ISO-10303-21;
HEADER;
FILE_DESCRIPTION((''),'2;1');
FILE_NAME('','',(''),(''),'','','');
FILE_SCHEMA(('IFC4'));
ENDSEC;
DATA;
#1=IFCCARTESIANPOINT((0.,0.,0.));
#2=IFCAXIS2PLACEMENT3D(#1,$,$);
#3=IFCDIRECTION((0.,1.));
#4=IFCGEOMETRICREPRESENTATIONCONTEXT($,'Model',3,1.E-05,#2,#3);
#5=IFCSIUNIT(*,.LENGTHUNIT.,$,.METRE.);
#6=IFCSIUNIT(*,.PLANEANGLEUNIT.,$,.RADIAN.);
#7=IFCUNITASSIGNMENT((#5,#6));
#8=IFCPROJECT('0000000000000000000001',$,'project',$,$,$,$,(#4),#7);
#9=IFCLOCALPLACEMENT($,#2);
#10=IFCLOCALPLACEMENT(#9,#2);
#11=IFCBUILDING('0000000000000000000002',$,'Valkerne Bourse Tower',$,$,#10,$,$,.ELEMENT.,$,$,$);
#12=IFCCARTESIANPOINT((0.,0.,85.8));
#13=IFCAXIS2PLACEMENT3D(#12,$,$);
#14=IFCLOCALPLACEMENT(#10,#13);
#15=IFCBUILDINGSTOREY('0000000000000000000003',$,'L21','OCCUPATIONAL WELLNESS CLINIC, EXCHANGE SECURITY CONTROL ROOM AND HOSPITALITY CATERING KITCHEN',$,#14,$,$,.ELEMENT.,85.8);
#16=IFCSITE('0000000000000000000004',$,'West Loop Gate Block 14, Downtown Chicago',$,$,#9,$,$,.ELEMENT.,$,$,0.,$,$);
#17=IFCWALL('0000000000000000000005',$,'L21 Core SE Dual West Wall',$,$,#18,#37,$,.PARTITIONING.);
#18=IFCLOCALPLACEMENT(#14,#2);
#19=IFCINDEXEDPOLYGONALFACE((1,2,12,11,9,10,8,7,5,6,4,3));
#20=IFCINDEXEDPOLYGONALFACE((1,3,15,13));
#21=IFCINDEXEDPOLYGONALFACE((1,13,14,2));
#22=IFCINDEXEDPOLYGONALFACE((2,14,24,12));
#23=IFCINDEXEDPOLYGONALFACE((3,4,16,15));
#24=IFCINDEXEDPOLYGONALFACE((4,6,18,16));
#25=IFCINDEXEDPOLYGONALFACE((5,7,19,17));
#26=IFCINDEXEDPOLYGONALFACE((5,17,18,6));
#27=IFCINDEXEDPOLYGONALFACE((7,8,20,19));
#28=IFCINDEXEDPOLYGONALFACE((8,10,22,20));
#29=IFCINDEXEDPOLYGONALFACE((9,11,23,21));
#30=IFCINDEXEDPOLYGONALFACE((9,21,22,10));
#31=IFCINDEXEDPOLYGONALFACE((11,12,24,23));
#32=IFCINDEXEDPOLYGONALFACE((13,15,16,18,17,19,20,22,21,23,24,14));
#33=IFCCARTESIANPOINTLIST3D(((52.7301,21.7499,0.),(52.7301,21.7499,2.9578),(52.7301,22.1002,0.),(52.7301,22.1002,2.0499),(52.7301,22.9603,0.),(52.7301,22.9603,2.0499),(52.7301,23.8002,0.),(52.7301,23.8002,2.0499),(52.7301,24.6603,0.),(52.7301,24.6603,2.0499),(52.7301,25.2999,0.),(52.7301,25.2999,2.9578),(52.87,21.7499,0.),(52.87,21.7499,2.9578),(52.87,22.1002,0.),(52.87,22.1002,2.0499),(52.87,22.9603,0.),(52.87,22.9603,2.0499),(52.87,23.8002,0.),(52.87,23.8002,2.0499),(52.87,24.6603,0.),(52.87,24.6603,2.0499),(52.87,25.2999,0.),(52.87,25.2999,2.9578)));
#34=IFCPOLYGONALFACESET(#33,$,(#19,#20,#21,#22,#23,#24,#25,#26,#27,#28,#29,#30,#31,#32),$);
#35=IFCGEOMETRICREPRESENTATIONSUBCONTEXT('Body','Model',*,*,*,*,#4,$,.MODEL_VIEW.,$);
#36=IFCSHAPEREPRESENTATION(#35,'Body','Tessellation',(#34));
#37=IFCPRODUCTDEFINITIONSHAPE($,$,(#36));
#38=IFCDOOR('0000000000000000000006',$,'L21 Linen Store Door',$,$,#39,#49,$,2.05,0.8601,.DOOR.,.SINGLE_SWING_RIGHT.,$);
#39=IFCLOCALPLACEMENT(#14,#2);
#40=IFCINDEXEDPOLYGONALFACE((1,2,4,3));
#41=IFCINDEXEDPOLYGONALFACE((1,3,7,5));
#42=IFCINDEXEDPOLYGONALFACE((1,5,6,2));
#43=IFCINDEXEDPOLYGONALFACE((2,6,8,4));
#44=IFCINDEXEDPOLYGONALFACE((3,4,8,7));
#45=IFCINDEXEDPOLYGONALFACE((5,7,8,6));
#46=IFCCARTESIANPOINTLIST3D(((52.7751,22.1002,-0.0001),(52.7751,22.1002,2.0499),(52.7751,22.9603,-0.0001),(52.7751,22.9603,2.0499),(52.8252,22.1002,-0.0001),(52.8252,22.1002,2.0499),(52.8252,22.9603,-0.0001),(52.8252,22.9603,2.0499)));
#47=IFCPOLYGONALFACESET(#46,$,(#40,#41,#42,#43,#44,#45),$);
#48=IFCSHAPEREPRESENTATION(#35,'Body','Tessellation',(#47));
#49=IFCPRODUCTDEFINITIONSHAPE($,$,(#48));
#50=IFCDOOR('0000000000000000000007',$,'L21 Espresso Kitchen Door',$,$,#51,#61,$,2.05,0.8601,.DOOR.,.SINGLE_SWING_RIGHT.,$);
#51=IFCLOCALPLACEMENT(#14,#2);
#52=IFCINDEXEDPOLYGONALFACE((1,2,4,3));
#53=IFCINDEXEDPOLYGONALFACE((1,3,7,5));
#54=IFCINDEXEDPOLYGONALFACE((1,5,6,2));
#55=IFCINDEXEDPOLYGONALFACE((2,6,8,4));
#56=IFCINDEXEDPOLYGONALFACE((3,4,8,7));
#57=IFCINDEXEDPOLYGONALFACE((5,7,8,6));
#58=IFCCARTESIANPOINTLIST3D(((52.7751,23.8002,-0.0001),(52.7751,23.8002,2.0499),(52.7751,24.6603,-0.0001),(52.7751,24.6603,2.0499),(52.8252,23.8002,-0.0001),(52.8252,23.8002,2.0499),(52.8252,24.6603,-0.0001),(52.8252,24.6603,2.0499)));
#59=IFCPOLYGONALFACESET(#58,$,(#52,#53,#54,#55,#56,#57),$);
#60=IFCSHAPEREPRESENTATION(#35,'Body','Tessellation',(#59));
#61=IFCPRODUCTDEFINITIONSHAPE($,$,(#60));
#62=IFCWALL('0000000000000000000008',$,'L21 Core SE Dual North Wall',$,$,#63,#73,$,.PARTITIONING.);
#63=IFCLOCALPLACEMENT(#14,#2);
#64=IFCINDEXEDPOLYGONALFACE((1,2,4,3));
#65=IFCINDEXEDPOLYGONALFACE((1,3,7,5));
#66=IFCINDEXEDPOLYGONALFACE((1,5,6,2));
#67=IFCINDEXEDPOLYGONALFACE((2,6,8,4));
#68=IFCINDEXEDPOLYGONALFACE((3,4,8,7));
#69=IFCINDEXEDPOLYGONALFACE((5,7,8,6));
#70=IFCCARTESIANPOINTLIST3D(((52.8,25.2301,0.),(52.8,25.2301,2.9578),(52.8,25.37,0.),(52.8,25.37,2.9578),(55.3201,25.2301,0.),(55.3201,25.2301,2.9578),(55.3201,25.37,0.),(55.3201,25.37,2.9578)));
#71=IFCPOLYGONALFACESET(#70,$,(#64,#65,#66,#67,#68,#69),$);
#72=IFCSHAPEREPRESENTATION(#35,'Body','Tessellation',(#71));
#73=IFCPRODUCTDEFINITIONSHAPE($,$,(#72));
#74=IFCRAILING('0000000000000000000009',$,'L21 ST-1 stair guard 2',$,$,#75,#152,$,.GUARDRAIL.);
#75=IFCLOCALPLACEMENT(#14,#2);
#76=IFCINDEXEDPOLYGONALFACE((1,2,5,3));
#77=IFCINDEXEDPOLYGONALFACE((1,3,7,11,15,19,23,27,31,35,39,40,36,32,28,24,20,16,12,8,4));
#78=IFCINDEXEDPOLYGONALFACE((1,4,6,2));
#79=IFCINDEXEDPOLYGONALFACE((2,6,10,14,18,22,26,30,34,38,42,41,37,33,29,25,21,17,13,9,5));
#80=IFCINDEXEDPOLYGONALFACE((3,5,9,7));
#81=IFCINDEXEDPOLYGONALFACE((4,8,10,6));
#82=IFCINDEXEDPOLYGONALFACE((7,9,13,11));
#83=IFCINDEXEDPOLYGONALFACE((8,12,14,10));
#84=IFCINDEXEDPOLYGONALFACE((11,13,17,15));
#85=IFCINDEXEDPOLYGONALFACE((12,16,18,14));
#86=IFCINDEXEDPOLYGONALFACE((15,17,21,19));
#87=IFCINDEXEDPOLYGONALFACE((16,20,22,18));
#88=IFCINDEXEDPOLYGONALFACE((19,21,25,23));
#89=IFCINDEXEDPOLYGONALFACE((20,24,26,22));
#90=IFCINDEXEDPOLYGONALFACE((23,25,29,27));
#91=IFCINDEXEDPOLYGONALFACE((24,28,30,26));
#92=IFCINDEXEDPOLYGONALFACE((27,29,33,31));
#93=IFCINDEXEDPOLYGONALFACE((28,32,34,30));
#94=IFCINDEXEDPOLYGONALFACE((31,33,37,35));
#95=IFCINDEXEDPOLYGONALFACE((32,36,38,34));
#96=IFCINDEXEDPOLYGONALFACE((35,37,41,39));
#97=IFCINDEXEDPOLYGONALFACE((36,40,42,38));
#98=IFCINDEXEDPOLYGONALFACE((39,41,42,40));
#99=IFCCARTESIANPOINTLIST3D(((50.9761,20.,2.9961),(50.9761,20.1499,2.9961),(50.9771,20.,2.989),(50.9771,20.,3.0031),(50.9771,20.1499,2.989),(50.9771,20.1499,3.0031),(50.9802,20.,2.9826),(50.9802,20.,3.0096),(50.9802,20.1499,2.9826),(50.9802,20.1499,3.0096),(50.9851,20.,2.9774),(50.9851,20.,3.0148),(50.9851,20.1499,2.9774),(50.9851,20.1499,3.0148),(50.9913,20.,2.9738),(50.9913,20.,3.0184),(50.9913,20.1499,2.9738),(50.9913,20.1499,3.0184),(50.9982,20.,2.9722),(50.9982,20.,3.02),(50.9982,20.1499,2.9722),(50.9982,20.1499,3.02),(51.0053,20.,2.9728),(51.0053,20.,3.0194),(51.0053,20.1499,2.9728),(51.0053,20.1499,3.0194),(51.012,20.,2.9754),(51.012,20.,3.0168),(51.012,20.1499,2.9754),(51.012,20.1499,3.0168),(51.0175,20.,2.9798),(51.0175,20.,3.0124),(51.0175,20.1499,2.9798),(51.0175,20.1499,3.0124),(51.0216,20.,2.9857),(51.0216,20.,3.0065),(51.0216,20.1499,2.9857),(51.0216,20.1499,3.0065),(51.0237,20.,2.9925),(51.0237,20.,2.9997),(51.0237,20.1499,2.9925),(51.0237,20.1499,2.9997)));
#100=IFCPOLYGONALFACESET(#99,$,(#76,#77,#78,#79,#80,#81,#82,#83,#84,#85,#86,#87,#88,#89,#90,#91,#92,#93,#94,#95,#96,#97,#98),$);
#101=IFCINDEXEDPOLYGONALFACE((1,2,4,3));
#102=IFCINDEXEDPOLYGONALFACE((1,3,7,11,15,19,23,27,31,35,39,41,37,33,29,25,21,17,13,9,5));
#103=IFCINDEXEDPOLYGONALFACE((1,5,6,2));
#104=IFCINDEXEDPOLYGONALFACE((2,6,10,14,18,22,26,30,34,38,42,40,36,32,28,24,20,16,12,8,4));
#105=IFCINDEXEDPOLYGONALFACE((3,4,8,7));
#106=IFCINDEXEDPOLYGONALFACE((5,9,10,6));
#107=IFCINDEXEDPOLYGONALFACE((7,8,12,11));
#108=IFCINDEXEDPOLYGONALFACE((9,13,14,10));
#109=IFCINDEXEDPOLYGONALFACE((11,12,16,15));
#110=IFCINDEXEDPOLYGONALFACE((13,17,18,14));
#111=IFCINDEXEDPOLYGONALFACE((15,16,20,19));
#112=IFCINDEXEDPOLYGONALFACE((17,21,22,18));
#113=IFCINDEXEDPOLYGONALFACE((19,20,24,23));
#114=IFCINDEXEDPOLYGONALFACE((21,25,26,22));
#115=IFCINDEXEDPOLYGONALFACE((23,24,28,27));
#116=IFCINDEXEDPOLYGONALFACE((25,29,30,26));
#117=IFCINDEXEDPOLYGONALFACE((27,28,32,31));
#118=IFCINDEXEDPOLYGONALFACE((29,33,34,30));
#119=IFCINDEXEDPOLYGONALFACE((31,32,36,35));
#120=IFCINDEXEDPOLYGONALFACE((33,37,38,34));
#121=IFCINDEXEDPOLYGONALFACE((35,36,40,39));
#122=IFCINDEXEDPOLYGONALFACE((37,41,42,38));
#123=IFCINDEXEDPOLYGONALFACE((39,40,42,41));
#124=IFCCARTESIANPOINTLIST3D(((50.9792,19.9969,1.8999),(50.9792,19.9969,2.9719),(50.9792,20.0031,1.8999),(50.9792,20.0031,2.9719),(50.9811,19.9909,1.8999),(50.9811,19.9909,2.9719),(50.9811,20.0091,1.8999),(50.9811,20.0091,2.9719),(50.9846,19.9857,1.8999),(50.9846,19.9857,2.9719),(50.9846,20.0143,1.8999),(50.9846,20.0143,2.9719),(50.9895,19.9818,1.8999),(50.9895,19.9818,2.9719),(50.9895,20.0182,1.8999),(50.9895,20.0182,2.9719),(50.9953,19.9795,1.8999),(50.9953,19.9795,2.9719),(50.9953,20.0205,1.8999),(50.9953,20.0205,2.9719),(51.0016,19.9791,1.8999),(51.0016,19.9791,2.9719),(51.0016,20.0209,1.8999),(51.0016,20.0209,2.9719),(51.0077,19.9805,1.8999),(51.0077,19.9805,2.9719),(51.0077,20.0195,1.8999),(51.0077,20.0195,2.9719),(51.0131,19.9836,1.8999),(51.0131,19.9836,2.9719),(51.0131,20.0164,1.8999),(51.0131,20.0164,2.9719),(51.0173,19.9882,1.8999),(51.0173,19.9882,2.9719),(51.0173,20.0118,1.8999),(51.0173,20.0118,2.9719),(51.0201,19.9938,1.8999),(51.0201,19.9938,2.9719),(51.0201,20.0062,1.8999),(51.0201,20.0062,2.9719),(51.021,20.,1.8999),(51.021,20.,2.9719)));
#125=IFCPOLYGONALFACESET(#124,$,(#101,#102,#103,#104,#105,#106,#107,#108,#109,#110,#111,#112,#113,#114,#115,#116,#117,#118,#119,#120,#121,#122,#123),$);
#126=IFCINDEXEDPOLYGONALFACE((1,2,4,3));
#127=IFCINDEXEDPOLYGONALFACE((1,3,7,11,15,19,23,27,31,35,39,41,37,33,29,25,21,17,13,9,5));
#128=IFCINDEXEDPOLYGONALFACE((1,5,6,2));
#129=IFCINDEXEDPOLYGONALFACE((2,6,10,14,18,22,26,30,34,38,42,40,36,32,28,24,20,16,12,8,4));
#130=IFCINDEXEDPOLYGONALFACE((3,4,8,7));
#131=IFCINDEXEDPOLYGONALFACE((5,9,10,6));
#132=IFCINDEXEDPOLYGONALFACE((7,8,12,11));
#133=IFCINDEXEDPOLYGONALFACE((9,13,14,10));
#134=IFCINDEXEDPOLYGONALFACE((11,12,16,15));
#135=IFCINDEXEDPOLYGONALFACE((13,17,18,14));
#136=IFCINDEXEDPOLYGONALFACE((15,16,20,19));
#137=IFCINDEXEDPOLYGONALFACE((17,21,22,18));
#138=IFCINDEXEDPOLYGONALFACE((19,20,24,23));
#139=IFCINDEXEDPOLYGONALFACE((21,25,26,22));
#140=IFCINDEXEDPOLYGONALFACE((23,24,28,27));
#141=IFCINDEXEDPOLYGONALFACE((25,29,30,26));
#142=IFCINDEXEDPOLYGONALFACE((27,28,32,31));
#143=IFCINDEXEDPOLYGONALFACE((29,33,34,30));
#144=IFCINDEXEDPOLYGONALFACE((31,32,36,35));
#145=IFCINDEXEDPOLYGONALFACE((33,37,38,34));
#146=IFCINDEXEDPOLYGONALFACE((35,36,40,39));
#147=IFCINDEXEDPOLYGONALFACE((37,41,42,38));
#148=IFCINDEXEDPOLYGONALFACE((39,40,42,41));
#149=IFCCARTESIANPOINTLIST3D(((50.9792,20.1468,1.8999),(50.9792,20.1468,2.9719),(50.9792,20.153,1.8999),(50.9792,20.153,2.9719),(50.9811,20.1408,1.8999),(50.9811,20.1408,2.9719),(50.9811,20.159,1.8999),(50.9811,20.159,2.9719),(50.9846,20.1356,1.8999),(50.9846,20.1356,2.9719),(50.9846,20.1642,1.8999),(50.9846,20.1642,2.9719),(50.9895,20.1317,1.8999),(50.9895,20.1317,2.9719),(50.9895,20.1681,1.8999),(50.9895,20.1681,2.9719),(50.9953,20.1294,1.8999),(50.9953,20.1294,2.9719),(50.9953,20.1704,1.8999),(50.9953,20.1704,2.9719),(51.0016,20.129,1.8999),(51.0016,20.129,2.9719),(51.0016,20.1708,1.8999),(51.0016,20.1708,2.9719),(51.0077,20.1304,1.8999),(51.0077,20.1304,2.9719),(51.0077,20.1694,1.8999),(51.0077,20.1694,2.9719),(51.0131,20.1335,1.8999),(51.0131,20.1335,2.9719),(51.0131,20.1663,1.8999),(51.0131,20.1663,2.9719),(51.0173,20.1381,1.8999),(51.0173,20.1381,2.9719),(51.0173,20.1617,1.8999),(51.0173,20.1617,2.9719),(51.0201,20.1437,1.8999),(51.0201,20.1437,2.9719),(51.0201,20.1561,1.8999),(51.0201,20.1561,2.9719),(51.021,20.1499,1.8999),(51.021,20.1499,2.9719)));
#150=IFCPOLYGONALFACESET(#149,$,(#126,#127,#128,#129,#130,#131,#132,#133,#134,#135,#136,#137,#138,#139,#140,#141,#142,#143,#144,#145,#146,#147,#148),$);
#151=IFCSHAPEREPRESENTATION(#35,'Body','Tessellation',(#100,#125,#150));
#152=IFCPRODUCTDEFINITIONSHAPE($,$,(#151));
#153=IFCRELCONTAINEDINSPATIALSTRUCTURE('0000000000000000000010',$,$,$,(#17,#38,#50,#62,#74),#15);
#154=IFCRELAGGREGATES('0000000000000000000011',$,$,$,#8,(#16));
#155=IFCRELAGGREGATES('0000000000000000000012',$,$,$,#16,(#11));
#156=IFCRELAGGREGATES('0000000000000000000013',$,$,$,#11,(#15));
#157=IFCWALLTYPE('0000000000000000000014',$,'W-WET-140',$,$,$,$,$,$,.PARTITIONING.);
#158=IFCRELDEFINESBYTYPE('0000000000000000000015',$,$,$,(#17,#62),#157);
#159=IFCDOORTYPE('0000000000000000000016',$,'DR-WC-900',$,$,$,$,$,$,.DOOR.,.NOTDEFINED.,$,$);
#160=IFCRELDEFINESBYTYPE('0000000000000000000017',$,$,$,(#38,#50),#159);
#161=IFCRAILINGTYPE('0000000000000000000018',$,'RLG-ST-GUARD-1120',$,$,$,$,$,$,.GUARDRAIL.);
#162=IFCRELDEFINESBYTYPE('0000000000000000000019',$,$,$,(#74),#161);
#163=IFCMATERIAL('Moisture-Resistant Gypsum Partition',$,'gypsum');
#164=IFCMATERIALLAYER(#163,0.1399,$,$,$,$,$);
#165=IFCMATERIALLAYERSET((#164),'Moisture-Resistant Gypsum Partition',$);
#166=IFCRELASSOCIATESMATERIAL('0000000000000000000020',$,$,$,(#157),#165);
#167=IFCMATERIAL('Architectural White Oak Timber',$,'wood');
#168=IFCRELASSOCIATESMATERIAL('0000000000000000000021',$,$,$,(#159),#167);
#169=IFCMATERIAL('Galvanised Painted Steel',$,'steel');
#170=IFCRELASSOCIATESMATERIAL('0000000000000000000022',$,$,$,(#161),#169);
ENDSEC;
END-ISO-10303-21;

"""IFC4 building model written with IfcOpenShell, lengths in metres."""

from ifc_helpers import new_model, si_unit, direction, frame, frame_2d, origin, origin_2d, place, context, subcontext, project, spatial, rectangle, circle, extrude, material, layer, layer_set, type_object, element, fill, save


model = new_model("IFC4")

# Units and contexts
model_context = context("Model", 3, precision=1e-05, world=origin(), true_north=direction((0.0, 1.0)))
body_context = subcontext(model_context, "Body", "Model", "MODEL_VIEW")
ifc_project = project(units=[si_unit("LENGTHUNIT", "METRE"), si_unit("PLANEANGLEUNIT", "RADIAN")], contexts=[model_context])

# Site, building, storey
site_placement = place(None, origin())
site = spatial("IfcSite", under=ifc_project, at=site_placement, Name="West Loop Gate Block 14, Downtown Chicago", CompositionType="ELEMENT", RefElevation=0.0)
building_placement = place(site_placement, origin())
building = spatial("IfcBuilding", under=site, at=building_placement, Name="Valkerne Bourse Tower", CompositionType="ELEMENT")
storey_placement = place(building_placement, frame((0.0, 0.0, 85.8)))
storey = spatial("IfcBuildingStorey", under=building, at=storey_placement, Name="L21", Description="OCCUPATIONAL WELLNESS CLINIC, EXCHANGE SECURITY CONTROL ROOM AND HOSPITALITY CATERING KITCHEN", CompositionType="ELEMENT", Elevation=85.8)

# Shared definitions
ifc_material_1 = material(Name="Galvanised Painted Steel", Category="steel")

# Wall, openings, doors
ifc_material_2 = material(Name="Moisture-Resistant Gypsum Partition", Category="gypsum")
ifc_layer_1 = layer(ifc_material_2, 0.1399)
ifc_layer_set_1 = layer_set([ifc_layer_1], Name="Moisture-Resistant Gypsum Partition")
wall_type_1 = type_object("IfcWallType", Name="W-WET-140", PredefinedType="PARTITIONING", material=ifc_layer_set_1)
wall_1_placement = place(storey_placement, frame((52.8, 21.75, 0.0), z_axis=(0.0, 0.0, 1.0), x_axis=(0.0, 1.0, 0.0)))
wall_1 = element("IfcWall", 1, at=wall_1_placement, inside=storey, type_object=wall_type_1, Name="L21 Core SE Dual West Wall", PredefinedType="PARTITIONING", context=body_context, shape_type="SweptSolid", body=[
    extrude(rectangle(XDim=3.55, YDim=0.1399, at=frame_2d((1.7749, 0.0))), origin(), (0.0, 0.0, 1.0), 2.9578),
])
opening_1_placement = place(wall_1_placement, frame((0.3501, 0.0, 0.0)))
opening_1 = element("IfcOpeningElement", 2, at=opening_1_placement, cuts=wall_1, PredefinedType="OPENING", context=body_context, shape_type="SweptSolid", body=[
    extrude(rectangle(XDim=0.8601, YDim=2.05, at=frame_2d((0.4302, 1.0249))), frame((0.0, 0.0798, 0.0), z_axis=(0.0, -1.0, 0.0), x_axis=(1.0, 0.0, 0.0)), (0.0, 0.0, 1.0), 0.1599),
])
opening_2_placement = place(wall_1_placement, frame((2.05, 0.0, 0.0)))
opening_2 = element("IfcOpeningElement", 3, at=opening_2_placement, cuts=wall_1, PredefinedType="OPENING", context=body_context, shape_type="SweptSolid", body=[
    extrude(rectangle(XDim=0.8601, YDim=2.05, at=frame_2d((0.4302, 1.0249))), frame((0.0, 0.0798, 0.0), z_axis=(0.0, -1.0, 0.0), x_axis=(1.0, 0.0, 0.0)), (0.0, 0.0, 1.0), 0.1599),
])
ifc_material_3 = material(Name="Architectural White Oak Timber", Category="wood")
door_type_1 = type_object("IfcDoorType", Name="DR-WC-900", OperationType="NOTDEFINED", PredefinedType="DOOR", material=ifc_material_3)
door_1_placement = place(opening_1_placement, origin())
door_1 = element("IfcDoor", 4, at=door_1_placement, inside=storey, type_object=door_type_1, Name="L21 Linen Store Door", OperationType="SINGLE_SWING_RIGHT", OverallHeight=2.05, OverallWidth=0.8601, PredefinedType="DOOR", context=body_context, shape_type="SweptSolid", body=[
    extrude(rectangle(XDim=0.8601, YDim=2.05, at=frame_2d((0.4302, 1.0249))), frame((0.0, 0.0249, 0.0), z_axis=(0.0, -1.0, 0.0), x_axis=(1.0, 0.0, 0.0)), (0.0, 0.0, 1.0), 0.05),
])
fill(opening_1, door_1)
door_2_placement = place(opening_2_placement, origin())
door_2 = element("IfcDoor", 5, at=door_2_placement, inside=storey, type_object=door_type_1, Name="L21 Espresso Kitchen Door", OperationType="SINGLE_SWING_RIGHT", OverallHeight=2.05, OverallWidth=0.8601, PredefinedType="DOOR", context=body_context, shape_type="SweptSolid", body=[
    extrude(rectangle(XDim=0.8601, YDim=2.05, at=frame_2d((0.4302, 1.0249))), frame((0.0, 0.0249, 0.0), z_axis=(0.0, -1.0, 0.0), x_axis=(1.0, 0.0, 0.0)), (0.0, 0.0, 1.0), 0.05),
])
fill(opening_2, door_2)

# Wall
wall_2_placement = place(storey_placement, frame((52.8, 25.3, 0.0), z_axis=(0.0, 0.0, 1.0), x_axis=(1.0, 0.0, 0.0)))
element("IfcWall", 6, at=wall_2_placement, inside=storey, type_object=wall_type_1, Name="L21 Core SE Dual North Wall", PredefinedType="PARTITIONING", context=body_context, shape_type="SweptSolid", body=[
    extrude(rectangle(XDim=2.52, YDim=0.1399, at=frame_2d((1.26, 0.0))), origin(), (0.0, 0.0, 1.0), 2.9578),
])

# Railing
railing_type_1 = type_object("IfcRailingType", Name="RLG-ST-GUARD-1120", PredefinedType="GUARDRAIL", material=ifc_material_1)
railing_1_placement = place(storey_placement, frame((51.0, 20.0, 1.8999)))
element("IfcRailing", 7, at=railing_1_placement, inside=storey, type_object=railing_type_1, Name="L21 ST-1 stair guard 2", PredefinedType="GUARDRAIL", context=body_context, shape_type="SweptSolid", body=[
    extrude(circle(Radius=0.0239, at=origin_2d()), frame((0.0, 0.0, 1.0962), z_axis=(0.0, 1.0, 0.0), x_axis=(-1.0, 0.0, 0.0)), (0.0, 0.0, 1.0), 0.1499),
    extrude(circle(Radius=0.021, at=origin_2d()), origin(), (0.0, 0.0, 1.0), 1.072),
    extrude(circle(Radius=0.021, at=origin_2d()), frame((0.0, 0.1499, 0.0)), (0.0, 0.0, 1.0), 1.072),
])

save(model, "model.ifc")
